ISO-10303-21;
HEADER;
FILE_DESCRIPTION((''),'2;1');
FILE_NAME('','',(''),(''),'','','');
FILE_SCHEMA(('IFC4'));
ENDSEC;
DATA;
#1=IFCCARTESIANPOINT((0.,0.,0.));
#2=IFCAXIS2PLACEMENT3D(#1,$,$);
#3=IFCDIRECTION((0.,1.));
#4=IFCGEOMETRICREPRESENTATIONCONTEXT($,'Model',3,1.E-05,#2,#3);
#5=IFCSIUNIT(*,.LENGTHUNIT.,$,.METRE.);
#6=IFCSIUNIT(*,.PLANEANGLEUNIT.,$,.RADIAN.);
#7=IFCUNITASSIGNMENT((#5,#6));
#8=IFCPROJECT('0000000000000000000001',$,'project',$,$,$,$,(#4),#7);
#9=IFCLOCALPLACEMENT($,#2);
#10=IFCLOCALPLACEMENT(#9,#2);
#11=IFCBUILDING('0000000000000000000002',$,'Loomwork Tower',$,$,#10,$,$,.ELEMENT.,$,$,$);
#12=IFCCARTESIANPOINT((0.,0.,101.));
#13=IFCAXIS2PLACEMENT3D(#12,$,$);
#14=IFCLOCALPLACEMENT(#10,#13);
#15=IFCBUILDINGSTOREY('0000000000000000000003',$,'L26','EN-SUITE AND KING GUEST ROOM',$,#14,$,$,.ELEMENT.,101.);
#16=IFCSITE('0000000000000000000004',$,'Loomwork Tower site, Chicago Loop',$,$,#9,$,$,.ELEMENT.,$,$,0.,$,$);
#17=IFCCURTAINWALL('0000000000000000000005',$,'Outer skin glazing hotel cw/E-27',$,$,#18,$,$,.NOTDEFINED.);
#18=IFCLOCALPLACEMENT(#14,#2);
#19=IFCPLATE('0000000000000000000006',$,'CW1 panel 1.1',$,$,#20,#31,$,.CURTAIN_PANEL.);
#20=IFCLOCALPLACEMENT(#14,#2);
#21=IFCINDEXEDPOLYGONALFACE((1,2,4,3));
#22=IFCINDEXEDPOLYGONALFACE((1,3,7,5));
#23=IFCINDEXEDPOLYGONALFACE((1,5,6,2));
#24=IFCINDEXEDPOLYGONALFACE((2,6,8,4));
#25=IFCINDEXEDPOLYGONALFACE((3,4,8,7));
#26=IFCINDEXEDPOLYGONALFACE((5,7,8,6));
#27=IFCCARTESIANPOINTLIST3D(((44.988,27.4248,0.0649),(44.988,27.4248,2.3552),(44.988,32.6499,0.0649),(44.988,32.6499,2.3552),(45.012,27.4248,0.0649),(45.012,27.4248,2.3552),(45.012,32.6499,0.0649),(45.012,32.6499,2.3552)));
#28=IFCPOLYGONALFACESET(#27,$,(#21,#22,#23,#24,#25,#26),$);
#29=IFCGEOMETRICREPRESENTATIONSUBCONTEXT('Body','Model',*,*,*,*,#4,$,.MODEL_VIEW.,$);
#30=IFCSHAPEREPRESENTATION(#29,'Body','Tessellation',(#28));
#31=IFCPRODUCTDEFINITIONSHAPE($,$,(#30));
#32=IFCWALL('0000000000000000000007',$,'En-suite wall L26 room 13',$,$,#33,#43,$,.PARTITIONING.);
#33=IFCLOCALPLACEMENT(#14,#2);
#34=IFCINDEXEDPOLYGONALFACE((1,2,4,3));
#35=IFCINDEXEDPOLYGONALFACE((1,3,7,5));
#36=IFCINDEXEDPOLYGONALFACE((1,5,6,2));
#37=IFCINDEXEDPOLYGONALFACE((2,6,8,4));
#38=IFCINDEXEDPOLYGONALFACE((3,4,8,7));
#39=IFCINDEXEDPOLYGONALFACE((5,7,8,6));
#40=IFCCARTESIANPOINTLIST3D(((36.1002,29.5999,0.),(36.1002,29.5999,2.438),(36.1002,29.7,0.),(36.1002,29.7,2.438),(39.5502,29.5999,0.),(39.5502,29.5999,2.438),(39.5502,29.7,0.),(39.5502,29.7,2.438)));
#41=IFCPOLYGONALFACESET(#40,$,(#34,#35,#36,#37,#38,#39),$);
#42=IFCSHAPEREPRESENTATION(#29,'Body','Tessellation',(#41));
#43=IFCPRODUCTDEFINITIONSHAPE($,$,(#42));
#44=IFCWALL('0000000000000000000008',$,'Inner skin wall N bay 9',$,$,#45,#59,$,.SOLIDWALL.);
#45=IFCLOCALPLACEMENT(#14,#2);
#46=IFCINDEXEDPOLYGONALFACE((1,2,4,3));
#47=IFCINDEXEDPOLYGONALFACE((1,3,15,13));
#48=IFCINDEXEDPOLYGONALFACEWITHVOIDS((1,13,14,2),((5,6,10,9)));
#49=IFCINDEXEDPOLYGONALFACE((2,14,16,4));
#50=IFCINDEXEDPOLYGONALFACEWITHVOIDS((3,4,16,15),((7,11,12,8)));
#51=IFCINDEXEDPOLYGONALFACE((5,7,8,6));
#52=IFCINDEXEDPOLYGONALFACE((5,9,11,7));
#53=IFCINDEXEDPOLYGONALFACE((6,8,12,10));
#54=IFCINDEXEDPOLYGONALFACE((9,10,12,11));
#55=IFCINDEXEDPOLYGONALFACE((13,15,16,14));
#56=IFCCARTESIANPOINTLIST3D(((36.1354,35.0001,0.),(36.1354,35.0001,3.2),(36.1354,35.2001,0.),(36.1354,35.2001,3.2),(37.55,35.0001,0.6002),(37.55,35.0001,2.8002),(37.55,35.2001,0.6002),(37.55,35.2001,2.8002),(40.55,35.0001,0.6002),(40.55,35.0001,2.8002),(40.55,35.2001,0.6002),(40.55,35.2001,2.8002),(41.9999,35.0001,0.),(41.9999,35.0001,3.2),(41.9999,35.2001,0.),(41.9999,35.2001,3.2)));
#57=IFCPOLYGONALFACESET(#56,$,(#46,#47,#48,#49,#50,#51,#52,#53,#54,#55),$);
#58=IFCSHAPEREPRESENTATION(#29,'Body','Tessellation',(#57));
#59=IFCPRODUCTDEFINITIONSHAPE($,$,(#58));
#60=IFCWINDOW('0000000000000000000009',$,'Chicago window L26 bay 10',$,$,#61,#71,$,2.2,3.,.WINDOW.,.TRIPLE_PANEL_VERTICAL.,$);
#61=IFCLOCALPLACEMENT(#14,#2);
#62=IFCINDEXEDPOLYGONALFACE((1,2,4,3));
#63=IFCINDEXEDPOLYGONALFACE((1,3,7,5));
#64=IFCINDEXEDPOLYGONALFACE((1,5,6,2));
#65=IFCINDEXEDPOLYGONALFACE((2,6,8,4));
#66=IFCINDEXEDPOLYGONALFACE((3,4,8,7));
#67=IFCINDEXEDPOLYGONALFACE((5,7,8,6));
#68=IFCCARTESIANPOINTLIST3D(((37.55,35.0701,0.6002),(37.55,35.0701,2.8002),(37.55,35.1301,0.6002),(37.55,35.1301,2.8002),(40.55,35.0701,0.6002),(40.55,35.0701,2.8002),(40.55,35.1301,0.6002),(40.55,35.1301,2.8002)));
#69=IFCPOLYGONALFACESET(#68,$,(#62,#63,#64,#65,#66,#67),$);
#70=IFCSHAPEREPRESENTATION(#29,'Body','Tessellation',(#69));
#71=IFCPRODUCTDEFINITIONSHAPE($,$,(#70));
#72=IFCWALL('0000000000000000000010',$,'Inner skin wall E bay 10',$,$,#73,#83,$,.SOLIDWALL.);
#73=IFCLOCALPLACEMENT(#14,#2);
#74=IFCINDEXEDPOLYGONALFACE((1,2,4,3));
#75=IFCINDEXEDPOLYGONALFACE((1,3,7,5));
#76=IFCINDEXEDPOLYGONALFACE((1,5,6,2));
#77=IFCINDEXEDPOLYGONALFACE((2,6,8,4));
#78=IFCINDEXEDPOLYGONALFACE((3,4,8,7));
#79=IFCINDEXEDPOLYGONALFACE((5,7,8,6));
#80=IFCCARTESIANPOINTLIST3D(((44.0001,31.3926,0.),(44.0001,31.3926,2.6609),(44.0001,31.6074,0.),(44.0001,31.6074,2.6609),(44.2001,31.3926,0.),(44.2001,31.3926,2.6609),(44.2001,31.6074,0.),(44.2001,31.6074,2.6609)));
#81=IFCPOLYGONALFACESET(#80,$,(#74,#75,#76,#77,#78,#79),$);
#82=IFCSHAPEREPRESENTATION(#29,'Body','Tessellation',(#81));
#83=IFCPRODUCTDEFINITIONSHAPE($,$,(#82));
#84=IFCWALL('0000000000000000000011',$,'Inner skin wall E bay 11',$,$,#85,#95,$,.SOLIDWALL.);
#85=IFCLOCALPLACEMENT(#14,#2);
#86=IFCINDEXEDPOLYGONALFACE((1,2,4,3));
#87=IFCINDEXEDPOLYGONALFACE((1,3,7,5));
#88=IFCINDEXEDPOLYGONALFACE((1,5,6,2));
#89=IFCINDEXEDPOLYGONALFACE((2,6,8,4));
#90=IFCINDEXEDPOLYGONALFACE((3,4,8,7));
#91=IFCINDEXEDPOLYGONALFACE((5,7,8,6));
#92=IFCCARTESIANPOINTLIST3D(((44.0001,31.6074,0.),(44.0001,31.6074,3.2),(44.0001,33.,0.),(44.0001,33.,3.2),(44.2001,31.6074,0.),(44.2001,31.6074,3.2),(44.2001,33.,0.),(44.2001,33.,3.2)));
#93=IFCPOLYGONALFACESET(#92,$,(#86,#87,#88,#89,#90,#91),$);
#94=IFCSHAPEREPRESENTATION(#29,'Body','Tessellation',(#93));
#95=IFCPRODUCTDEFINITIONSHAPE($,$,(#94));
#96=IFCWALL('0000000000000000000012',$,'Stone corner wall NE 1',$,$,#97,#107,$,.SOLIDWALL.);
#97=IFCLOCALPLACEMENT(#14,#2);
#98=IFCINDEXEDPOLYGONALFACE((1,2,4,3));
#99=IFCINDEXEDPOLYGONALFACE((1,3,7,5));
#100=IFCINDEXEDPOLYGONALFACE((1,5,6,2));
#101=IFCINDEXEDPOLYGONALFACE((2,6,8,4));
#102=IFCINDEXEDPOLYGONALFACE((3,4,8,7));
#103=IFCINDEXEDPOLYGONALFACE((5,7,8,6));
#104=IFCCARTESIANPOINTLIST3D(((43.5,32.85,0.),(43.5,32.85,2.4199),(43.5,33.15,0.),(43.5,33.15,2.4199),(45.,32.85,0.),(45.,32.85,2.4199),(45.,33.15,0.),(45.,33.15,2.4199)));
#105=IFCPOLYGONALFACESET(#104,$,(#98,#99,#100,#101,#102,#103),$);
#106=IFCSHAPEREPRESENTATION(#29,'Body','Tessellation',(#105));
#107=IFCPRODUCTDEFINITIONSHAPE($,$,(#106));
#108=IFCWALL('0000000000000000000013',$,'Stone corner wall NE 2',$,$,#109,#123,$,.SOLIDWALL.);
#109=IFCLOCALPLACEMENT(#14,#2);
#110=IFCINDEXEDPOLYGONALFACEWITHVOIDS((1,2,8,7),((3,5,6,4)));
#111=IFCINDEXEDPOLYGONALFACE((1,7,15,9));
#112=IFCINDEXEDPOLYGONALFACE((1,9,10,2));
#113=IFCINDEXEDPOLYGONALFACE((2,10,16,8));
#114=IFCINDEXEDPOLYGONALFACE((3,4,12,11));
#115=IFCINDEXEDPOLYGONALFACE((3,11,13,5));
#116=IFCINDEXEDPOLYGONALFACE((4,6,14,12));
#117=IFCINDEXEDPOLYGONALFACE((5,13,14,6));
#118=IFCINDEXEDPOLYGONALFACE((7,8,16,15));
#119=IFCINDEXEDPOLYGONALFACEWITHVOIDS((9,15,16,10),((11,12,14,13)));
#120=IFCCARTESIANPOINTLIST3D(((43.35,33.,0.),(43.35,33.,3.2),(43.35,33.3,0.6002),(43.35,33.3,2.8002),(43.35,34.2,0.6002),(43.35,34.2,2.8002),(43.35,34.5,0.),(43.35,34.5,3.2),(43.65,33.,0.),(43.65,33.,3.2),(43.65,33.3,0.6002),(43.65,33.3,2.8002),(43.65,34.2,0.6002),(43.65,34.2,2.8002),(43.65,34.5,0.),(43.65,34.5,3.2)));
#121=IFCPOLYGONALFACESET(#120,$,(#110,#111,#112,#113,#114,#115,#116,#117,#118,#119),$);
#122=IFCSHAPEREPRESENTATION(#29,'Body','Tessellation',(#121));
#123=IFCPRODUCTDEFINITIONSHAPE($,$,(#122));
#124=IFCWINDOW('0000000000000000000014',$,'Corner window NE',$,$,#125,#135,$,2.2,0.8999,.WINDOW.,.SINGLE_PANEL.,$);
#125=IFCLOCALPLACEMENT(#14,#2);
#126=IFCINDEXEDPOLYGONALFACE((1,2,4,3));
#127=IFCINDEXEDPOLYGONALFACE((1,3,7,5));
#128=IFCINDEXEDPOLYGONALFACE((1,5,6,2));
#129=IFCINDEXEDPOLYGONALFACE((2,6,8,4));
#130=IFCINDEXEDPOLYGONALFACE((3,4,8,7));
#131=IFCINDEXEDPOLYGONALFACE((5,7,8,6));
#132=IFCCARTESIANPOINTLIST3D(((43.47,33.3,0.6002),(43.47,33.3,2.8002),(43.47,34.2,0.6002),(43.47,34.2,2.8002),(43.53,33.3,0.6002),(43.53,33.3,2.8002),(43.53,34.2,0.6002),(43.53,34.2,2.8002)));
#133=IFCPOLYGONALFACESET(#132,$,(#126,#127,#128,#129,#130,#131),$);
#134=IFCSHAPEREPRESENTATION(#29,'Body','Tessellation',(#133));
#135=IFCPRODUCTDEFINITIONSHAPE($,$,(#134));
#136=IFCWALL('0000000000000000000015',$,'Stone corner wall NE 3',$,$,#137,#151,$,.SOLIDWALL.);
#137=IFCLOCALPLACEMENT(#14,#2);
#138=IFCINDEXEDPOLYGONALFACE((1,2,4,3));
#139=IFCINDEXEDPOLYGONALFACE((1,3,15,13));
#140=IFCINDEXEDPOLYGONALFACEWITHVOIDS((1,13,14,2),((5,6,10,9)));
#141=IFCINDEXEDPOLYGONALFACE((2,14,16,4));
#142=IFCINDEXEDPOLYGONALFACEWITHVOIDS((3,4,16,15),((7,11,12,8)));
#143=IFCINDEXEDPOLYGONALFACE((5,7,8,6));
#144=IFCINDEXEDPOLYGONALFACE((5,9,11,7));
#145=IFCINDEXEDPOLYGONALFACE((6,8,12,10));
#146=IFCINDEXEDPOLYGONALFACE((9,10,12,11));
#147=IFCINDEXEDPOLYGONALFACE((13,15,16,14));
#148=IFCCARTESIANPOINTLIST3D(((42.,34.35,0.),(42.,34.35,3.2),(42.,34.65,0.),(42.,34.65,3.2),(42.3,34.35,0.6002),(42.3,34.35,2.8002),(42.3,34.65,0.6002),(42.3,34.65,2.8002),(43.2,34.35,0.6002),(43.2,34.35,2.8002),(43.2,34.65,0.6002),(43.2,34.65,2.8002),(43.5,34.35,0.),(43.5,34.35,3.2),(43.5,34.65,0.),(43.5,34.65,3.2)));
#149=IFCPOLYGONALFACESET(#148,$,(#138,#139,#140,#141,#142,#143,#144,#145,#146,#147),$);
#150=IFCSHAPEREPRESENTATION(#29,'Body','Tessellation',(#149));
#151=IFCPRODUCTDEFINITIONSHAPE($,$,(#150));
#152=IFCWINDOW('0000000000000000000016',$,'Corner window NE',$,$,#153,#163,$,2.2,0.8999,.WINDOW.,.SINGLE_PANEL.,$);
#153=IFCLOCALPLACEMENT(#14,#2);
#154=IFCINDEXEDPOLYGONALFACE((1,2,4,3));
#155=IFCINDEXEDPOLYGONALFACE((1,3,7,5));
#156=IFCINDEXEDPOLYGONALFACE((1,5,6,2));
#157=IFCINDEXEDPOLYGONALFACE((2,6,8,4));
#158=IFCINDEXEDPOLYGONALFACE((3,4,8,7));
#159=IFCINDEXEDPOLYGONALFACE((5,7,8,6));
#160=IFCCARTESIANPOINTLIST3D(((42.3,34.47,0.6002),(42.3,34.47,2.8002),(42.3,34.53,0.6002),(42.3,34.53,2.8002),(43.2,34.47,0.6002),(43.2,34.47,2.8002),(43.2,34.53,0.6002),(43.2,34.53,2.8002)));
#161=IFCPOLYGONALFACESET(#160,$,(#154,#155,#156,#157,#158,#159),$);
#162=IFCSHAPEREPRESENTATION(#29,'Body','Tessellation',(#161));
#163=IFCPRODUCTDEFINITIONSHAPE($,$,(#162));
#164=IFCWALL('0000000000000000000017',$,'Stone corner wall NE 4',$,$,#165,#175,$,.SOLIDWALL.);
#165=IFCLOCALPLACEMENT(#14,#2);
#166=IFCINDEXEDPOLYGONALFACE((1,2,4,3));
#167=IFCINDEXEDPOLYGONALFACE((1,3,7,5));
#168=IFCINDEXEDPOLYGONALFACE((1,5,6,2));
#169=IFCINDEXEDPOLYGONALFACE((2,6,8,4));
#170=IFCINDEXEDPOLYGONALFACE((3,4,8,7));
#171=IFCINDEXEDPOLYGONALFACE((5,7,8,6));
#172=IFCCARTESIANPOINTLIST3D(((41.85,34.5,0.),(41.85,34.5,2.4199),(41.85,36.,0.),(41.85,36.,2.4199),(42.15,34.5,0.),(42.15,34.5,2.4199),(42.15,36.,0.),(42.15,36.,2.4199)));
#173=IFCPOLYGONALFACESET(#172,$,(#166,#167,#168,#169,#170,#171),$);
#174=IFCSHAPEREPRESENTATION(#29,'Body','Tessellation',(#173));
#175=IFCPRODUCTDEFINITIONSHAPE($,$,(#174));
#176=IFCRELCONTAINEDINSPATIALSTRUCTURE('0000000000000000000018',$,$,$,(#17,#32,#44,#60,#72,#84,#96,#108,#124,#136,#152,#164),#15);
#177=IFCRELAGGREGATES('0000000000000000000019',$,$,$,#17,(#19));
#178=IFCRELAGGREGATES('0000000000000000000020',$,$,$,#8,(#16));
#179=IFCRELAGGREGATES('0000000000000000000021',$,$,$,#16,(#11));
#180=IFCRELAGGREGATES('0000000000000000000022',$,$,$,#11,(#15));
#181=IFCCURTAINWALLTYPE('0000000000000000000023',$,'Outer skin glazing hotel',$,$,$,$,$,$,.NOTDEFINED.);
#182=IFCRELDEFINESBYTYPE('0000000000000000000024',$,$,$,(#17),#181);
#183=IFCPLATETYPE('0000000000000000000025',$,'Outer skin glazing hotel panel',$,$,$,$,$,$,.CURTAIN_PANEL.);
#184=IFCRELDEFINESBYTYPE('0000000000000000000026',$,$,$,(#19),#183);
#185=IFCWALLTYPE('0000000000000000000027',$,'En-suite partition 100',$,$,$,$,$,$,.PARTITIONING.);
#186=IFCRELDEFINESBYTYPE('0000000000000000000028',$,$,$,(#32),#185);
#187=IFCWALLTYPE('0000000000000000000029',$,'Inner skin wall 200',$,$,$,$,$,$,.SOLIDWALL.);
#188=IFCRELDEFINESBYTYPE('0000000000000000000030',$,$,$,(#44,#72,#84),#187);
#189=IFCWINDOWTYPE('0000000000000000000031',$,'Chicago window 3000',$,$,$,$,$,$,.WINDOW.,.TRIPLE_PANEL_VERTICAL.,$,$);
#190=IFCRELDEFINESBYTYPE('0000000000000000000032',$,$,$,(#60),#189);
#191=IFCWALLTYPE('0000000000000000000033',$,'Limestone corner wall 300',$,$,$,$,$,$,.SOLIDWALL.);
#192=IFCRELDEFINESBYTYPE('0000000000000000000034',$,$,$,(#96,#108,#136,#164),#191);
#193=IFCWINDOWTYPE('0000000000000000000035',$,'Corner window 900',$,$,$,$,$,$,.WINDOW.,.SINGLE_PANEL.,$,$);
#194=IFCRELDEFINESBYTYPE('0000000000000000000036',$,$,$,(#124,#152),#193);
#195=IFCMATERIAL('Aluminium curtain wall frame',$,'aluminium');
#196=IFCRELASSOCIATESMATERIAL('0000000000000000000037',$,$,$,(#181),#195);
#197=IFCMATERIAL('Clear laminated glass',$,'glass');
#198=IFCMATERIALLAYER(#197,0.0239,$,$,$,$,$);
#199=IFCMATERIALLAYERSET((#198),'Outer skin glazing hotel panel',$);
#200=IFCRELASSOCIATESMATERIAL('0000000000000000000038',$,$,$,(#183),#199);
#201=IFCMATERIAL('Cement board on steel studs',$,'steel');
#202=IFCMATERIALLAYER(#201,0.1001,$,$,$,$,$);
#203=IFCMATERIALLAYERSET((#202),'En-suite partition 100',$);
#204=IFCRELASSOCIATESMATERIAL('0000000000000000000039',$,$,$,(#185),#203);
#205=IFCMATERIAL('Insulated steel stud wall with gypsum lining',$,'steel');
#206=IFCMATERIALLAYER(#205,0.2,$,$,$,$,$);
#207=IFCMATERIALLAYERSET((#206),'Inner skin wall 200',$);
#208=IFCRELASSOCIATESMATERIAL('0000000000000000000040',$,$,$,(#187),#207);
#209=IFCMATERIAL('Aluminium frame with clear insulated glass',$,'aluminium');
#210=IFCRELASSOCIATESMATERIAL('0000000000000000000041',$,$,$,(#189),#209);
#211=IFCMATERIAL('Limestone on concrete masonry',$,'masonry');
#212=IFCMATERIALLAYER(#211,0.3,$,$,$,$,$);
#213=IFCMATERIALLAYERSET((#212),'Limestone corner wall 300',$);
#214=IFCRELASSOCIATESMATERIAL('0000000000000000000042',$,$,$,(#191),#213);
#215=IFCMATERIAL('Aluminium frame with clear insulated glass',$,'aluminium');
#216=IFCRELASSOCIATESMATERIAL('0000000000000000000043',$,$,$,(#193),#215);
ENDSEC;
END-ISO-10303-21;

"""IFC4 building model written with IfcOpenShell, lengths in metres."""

from ifc_helpers import new_model, si_unit, direction, frame, frame_2d, origin, origin_2d, place, context, subcontext, project, spatial, rectangle, extrude, material, layer, layer_set, type_object, element, fill, aggregate, save


model = new_model("IFC4")

# Units and contexts
model_context = context("Model", 3, precision=1e-05, world=origin(), true_north=direction((0.0, 1.0)))
body_context = subcontext(model_context, "Body", "Model", "MODEL_VIEW")
ifc_project = project(units=[si_unit("LENGTHUNIT", "METRE"), si_unit("PLANEANGLEUNIT", "RADIAN")], contexts=[model_context])

# Site, building, storey
site_placement = place(None, origin())
site = spatial("IfcSite", under=ifc_project, at=site_placement, Name="Loomwork Tower site, Chicago Loop", CompositionType="ELEMENT", RefElevation=0.0)
building_placement = place(site_placement, origin())
building = spatial("IfcBuilding", under=site, at=building_placement, Name="Loomwork Tower", CompositionType="ELEMENT")
storey_placement = place(building_placement, frame((0.0, 0.0, 101.0)))
storey = spatial("IfcBuildingStorey", under=building, at=storey_placement, Name="L26", Description="EN-SUITE AND KING GUEST ROOM", CompositionType="ELEMENT", Elevation=101.0)

# Shared definitions
ifc_material_1 = material(Name="Aluminium curtain wall frame", Category="aluminium")
curtain_wall_type = type_object("IfcCurtainWallType", Name="Outer skin glazing hotel", PredefinedType="NOTDEFINED", material=ifc_material_1)

# Curtain wall
curtain_wall_1_placement = place(storey_placement, origin())
curtain_wall_1 = element("IfcCurtainWall", 1, at=curtain_wall_1_placement, inside=storey, type_object=curtain_wall_type, Name="Outer skin glazing hotel cw/E-27", PredefinedType="NOTDEFINED")

# Plate
ifc_material_2 = material(Name="Clear laminated glass", Category="glass")
ifc_layer_1 = layer(ifc_material_2, 0.0239)
ifc_layer_set_1 = layer_set([ifc_layer_1], Name="Outer skin glazing hotel panel")
plate_type = type_object("IfcPlateType", Name="Outer skin glazing hotel panel", PredefinedType="CURTAIN_PANEL", material=ifc_layer_set_1)
plate_1_placement = place(storey_placement, frame((45.0, 30.0374, 0.0649), z_axis=(0.0, 0.0, 1.0), x_axis=(0.0, 1.0, 0.0)))
plate_1 = element("IfcPlate", 2, at=plate_1_placement, type_object=plate_type, Name="CW1 panel 1.1", PredefinedType="CURTAIN_PANEL", context=body_context, shape_type="SweptSolid", body=[
    extrude(rectangle(XDim=5.2251, YDim=0.0239, at=origin_2d()), origin(), (0.0, 0.0, 1.0), 2.2903),
])
aggregate(curtain_wall_1, [plate_1])

# Wall
ifc_material_3 = material(Name="Cement board on steel studs", Category="steel")
ifc_layer_2 = layer(ifc_material_3, 0.1001)
ifc_layer_set_2 = layer_set([ifc_layer_2], Name="En-suite partition 100")
wall_type_1 = type_object("IfcWallType", Name="En-suite partition 100", PredefinedType="PARTITIONING", material=ifc_layer_set_2)
wall_1_placement = place(storey_placement, frame((36.1001, 29.6499, 0.0), z_axis=(0.0, 0.0, 1.0), x_axis=(1.0, 0.0, 0.0)))
element("IfcWall", 3, at=wall_1_placement, inside=storey, type_object=wall_type_1, Name="En-suite wall L26 room 13", PredefinedType="PARTITIONING", context=body_context, shape_type="SweptSolid", body=[
    extrude(rectangle(XDim=3.45, YDim=0.1001, at=frame_2d((1.7251, 0.0))), origin(), (0.0, 0.0, 1.0), 2.438),
])

# Wall, opening, window
ifc_material_4 = material(Name="Insulated steel stud wall with gypsum lining", Category="steel")
ifc_layer_3 = layer(ifc_material_4, 0.2)
ifc_layer_set_3 = layer_set([ifc_layer_3], Name="Inner skin wall 200")
wall_type_2 = type_object("IfcWallType", Name="Inner skin wall 200", PredefinedType="SOLIDWALL", material=ifc_layer_set_3)
wall_2_placement = place(storey_placement, frame((36.1355, 35.1001, 0.0), z_axis=(0.0, 0.0, 1.0), x_axis=(1.0, 0.0, 0.0)))
wall_2 = element("IfcWall", 4, at=wall_2_placement, inside=storey, type_object=wall_type_2, Name="Inner skin wall N bay 9", PredefinedType="SOLIDWALL", context=body_context, shape_type="SweptSolid", body=[
    extrude(rectangle(XDim=5.8645, YDim=0.2, at=frame_2d((2.9321, 0.0))), origin(), (0.0, 0.0, 1.0), 3.2),
])
opening_1_placement = place(wall_2_placement, frame((1.4146, 0.0, 0.6001)))
opening_1 = element("IfcOpeningElement", 5, at=opening_1_placement, cuts=wall_2, PredefinedType="OPENING", context=body_context, shape_type="SweptSolid", body=[
    extrude(rectangle(XDim=3.0, YDim=2.2, at=frame_2d((1.5, 1.1001))), frame((0.0, 0.1099, 0.0), z_axis=(0.0, -1.0, 0.0), x_axis=(1.0, 0.0, 0.0)), (0.0, 0.0, 1.0), 0.22),
])
ifc_material_5 = material(Name="Aluminium frame with clear insulated glass", Category="aluminium")
window_type_1 = type_object("IfcWindowType", Name="Chicago window 3000", PartitioningType="TRIPLE_PANEL_VERTICAL", PredefinedType="WINDOW", material=ifc_material_5)
window_1_placement = place(opening_1_placement, origin())
window_1 = element("IfcWindow", 6, at=window_1_placement, inside=storey, type_object=window_type_1, Name="Chicago window L26 bay 10", OverallHeight=2.2, OverallWidth=3.0, PartitioningType="TRIPLE_PANEL_VERTICAL", PredefinedType="WINDOW", context=body_context, shape_type="SweptSolid", body=[
    extrude(rectangle(XDim=3.0, YDim=2.2, at=frame_2d((1.5, 1.1001))), frame((0.0, 0.03, 0.0), z_axis=(0.0, -1.0, 0.0), x_axis=(1.0, 0.0, 0.0)), (0.0, 0.0, 1.0), 0.0601),
])
fill(opening_1, window_1)

# Walls
wall_3_placement = place(storey_placement, frame((44.1001, 31.3926, 0.0), z_axis=(0.0, 0.0, 1.0), x_axis=(0.0, 1.0, 0.0)))
element("IfcWall", 7, at=wall_3_placement, inside=storey, type_object=wall_type_2, Name="Inner skin wall E bay 10", PredefinedType="SOLIDWALL", context=body_context, shape_type="SweptSolid", body=[
    extrude(rectangle(XDim=0.2148, YDim=0.2, at=frame_2d((0.1074, 0.0))), origin(), (0.0, 0.0, 1.0), 2.6609),
])
wall_4_placement = place(storey_placement, frame((44.1001, 31.6074, 0.0), z_axis=(0.0, 0.0, 1.0), x_axis=(0.0, 1.0, 0.0)))
element("IfcWall", 8, at=wall_4_placement, inside=storey, type_object=wall_type_2, Name="Inner skin wall E bay 11", PredefinedType="SOLIDWALL", context=body_context, shape_type="SweptSolid", body=[
    extrude(rectangle(XDim=1.3926, YDim=0.2, at=frame_2d((0.6963, 0.0))), origin(), (0.0, 0.0, 1.0), 3.2),
])
ifc_material_6 = material(Name="Limestone on concrete masonry", Category="masonry")
ifc_layer_4 = layer(ifc_material_6, 0.3)
ifc_layer_set_4 = layer_set([ifc_layer_4], Name="Limestone corner wall 300")
wall_type_3 = type_object("IfcWallType", Name="Limestone corner wall 300", PredefinedType="SOLIDWALL", material=ifc_layer_set_4)
wall_5_placement = place(storey_placement, frame((45.0, 33.0, 0.0), z_axis=(0.0, 0.0, 1.0), x_axis=(-1.0, 0.0, 0.0)))
element("IfcWall", 9, at=wall_5_placement, inside=storey, type_object=wall_type_3, Name="Stone corner wall NE 1", PredefinedType="SOLIDWALL", context=body_context, shape_type="SweptSolid", body=[
    extrude(rectangle(XDim=1.5, YDim=0.3, at=frame_2d((0.75, 0.0))), origin(), (0.0, 0.0, 1.0), 2.4199),
])

# Walls, openings, windows
wall_6_placement = place(storey_placement, frame((43.5, 33.0, 0.0), z_axis=(0.0, 0.0, 1.0), x_axis=(0.0, 1.0, 0.0)))
wall_6 = element("IfcWall", 10, at=wall_6_placement, inside=storey, type_object=wall_type_3, Name="Stone corner wall NE 2", PredefinedType="SOLIDWALL", context=body_context, shape_type="SweptSolid", body=[
    extrude(rectangle(XDim=1.5, YDim=0.3, at=frame_2d((0.75, 0.0))), origin(), (0.0, 0.0, 1.0), 3.2),
])
opening_2_placement = place(wall_6_placement, frame((0.3, 0.0, 0.6001)))
opening_2 = element("IfcOpeningElement", 11, at=opening_2_placement, cuts=wall_6, PredefinedType="OPENING", context=body_context, shape_type="SweptSolid", body=[
    extrude(rectangle(XDim=0.8999, YDim=2.2, at=frame_2d((0.45, 1.1001))), frame((0.0, 0.1599, 0.0), z_axis=(0.0, -1.0, 0.0), x_axis=(1.0, 0.0, 0.0)), (0.0, 0.0, 1.0), 0.3201),
])
ifc_material_7 = material(Name="Aluminium frame with clear insulated glass", Category="aluminium")
window_type_2 = type_object("IfcWindowType", Name="Corner window 900", PartitioningType="SINGLE_PANEL", PredefinedType="WINDOW", material=ifc_material_7)
window_2_placement = place(opening_2_placement, origin())
window_2 = element("IfcWindow", 12, at=window_2_placement, inside=storey, type_object=window_type_2, Name="Corner window NE", OverallHeight=2.2, OverallWidth=0.8999, PartitioningType="SINGLE_PANEL", PredefinedType="WINDOW", context=body_context, shape_type="SweptSolid", body=[
    extrude(rectangle(XDim=0.8999, YDim=2.2, at=frame_2d((0.45, 1.1001))), frame((0.0, 0.03, 0.0), z_axis=(0.0, -1.0, 0.0), x_axis=(1.0, 0.0, 0.0)), (0.0, 0.0, 1.0), 0.0601),
])
fill(opening_2, window_2)
wall_7_placement = place(storey_placement, frame((43.5, 34.5, 0.0), z_axis=(0.0, 0.0, 1.0), x_axis=(-1.0, 0.0, 0.0)))
wall_7 = element("IfcWall", 13, at=wall_7_placement, inside=storey, type_object=wall_type_3, Name="Stone corner wall NE 3", PredefinedType="SOLIDWALL", context=body_context, shape_type="SweptSolid", body=[
    extrude(rectangle(XDim=1.5, YDim=0.3, at=frame_2d((0.75, 0.0))), origin(), (0.0, 0.0, 1.0), 3.2),
])
opening_3_placement = place(wall_7_placement, frame((0.3, 0.0, 0.6001)))
opening_3 = element("IfcOpeningElement", 14, at=opening_3_placement, cuts=wall_7, PredefinedType="OPENING", context=body_context, shape_type="SweptSolid", body=[
    extrude(rectangle(XDim=0.8999, YDim=2.2, at=frame_2d((0.45, 1.1001))), frame((0.0, 0.1599, 0.0), z_axis=(0.0, -1.0, 0.0), x_axis=(1.0, 0.0, 0.0)), (0.0, 0.0, 1.0), 0.3201),
])
window_3_placement = place(opening_3_placement, origin())
window_3 = element("IfcWindow", 15, at=window_3_placement, inside=storey, type_object=window_type_2, Name="Corner window NE", OverallHeight=2.2, OverallWidth=0.8999, PartitioningType="SINGLE_PANEL", PredefinedType="WINDOW", context=body_context, shape_type="SweptSolid", body=[
    extrude(rectangle(XDim=0.8999, YDim=2.2, at=frame_2d((0.45, 1.1001))), frame((0.0, 0.03, 0.0), z_axis=(0.0, -1.0, 0.0), x_axis=(1.0, 0.0, 0.0)), (0.0, 0.0, 1.0), 0.0601),
])
fill(opening_3, window_3)

# Wall
wall_8_placement = place(storey_placement, frame((42.0, 34.5, 0.0), z_axis=(0.0, 0.0, 1.0), x_axis=(0.0, 1.0, 0.0)))
element("IfcWall", 16, at=wall_8_placement, inside=storey, type_object=wall_type_3, Name="Stone corner wall NE 4", PredefinedType="SOLIDWALL", context=body_context, shape_type="SweptSolid", body=[
    extrude(rectangle(XDim=1.5, YDim=0.3, at=frame_2d((0.75, 0.0))), origin(), (0.0, 0.0, 1.0), 2.4199),
])

save(model, "model.ifc")
